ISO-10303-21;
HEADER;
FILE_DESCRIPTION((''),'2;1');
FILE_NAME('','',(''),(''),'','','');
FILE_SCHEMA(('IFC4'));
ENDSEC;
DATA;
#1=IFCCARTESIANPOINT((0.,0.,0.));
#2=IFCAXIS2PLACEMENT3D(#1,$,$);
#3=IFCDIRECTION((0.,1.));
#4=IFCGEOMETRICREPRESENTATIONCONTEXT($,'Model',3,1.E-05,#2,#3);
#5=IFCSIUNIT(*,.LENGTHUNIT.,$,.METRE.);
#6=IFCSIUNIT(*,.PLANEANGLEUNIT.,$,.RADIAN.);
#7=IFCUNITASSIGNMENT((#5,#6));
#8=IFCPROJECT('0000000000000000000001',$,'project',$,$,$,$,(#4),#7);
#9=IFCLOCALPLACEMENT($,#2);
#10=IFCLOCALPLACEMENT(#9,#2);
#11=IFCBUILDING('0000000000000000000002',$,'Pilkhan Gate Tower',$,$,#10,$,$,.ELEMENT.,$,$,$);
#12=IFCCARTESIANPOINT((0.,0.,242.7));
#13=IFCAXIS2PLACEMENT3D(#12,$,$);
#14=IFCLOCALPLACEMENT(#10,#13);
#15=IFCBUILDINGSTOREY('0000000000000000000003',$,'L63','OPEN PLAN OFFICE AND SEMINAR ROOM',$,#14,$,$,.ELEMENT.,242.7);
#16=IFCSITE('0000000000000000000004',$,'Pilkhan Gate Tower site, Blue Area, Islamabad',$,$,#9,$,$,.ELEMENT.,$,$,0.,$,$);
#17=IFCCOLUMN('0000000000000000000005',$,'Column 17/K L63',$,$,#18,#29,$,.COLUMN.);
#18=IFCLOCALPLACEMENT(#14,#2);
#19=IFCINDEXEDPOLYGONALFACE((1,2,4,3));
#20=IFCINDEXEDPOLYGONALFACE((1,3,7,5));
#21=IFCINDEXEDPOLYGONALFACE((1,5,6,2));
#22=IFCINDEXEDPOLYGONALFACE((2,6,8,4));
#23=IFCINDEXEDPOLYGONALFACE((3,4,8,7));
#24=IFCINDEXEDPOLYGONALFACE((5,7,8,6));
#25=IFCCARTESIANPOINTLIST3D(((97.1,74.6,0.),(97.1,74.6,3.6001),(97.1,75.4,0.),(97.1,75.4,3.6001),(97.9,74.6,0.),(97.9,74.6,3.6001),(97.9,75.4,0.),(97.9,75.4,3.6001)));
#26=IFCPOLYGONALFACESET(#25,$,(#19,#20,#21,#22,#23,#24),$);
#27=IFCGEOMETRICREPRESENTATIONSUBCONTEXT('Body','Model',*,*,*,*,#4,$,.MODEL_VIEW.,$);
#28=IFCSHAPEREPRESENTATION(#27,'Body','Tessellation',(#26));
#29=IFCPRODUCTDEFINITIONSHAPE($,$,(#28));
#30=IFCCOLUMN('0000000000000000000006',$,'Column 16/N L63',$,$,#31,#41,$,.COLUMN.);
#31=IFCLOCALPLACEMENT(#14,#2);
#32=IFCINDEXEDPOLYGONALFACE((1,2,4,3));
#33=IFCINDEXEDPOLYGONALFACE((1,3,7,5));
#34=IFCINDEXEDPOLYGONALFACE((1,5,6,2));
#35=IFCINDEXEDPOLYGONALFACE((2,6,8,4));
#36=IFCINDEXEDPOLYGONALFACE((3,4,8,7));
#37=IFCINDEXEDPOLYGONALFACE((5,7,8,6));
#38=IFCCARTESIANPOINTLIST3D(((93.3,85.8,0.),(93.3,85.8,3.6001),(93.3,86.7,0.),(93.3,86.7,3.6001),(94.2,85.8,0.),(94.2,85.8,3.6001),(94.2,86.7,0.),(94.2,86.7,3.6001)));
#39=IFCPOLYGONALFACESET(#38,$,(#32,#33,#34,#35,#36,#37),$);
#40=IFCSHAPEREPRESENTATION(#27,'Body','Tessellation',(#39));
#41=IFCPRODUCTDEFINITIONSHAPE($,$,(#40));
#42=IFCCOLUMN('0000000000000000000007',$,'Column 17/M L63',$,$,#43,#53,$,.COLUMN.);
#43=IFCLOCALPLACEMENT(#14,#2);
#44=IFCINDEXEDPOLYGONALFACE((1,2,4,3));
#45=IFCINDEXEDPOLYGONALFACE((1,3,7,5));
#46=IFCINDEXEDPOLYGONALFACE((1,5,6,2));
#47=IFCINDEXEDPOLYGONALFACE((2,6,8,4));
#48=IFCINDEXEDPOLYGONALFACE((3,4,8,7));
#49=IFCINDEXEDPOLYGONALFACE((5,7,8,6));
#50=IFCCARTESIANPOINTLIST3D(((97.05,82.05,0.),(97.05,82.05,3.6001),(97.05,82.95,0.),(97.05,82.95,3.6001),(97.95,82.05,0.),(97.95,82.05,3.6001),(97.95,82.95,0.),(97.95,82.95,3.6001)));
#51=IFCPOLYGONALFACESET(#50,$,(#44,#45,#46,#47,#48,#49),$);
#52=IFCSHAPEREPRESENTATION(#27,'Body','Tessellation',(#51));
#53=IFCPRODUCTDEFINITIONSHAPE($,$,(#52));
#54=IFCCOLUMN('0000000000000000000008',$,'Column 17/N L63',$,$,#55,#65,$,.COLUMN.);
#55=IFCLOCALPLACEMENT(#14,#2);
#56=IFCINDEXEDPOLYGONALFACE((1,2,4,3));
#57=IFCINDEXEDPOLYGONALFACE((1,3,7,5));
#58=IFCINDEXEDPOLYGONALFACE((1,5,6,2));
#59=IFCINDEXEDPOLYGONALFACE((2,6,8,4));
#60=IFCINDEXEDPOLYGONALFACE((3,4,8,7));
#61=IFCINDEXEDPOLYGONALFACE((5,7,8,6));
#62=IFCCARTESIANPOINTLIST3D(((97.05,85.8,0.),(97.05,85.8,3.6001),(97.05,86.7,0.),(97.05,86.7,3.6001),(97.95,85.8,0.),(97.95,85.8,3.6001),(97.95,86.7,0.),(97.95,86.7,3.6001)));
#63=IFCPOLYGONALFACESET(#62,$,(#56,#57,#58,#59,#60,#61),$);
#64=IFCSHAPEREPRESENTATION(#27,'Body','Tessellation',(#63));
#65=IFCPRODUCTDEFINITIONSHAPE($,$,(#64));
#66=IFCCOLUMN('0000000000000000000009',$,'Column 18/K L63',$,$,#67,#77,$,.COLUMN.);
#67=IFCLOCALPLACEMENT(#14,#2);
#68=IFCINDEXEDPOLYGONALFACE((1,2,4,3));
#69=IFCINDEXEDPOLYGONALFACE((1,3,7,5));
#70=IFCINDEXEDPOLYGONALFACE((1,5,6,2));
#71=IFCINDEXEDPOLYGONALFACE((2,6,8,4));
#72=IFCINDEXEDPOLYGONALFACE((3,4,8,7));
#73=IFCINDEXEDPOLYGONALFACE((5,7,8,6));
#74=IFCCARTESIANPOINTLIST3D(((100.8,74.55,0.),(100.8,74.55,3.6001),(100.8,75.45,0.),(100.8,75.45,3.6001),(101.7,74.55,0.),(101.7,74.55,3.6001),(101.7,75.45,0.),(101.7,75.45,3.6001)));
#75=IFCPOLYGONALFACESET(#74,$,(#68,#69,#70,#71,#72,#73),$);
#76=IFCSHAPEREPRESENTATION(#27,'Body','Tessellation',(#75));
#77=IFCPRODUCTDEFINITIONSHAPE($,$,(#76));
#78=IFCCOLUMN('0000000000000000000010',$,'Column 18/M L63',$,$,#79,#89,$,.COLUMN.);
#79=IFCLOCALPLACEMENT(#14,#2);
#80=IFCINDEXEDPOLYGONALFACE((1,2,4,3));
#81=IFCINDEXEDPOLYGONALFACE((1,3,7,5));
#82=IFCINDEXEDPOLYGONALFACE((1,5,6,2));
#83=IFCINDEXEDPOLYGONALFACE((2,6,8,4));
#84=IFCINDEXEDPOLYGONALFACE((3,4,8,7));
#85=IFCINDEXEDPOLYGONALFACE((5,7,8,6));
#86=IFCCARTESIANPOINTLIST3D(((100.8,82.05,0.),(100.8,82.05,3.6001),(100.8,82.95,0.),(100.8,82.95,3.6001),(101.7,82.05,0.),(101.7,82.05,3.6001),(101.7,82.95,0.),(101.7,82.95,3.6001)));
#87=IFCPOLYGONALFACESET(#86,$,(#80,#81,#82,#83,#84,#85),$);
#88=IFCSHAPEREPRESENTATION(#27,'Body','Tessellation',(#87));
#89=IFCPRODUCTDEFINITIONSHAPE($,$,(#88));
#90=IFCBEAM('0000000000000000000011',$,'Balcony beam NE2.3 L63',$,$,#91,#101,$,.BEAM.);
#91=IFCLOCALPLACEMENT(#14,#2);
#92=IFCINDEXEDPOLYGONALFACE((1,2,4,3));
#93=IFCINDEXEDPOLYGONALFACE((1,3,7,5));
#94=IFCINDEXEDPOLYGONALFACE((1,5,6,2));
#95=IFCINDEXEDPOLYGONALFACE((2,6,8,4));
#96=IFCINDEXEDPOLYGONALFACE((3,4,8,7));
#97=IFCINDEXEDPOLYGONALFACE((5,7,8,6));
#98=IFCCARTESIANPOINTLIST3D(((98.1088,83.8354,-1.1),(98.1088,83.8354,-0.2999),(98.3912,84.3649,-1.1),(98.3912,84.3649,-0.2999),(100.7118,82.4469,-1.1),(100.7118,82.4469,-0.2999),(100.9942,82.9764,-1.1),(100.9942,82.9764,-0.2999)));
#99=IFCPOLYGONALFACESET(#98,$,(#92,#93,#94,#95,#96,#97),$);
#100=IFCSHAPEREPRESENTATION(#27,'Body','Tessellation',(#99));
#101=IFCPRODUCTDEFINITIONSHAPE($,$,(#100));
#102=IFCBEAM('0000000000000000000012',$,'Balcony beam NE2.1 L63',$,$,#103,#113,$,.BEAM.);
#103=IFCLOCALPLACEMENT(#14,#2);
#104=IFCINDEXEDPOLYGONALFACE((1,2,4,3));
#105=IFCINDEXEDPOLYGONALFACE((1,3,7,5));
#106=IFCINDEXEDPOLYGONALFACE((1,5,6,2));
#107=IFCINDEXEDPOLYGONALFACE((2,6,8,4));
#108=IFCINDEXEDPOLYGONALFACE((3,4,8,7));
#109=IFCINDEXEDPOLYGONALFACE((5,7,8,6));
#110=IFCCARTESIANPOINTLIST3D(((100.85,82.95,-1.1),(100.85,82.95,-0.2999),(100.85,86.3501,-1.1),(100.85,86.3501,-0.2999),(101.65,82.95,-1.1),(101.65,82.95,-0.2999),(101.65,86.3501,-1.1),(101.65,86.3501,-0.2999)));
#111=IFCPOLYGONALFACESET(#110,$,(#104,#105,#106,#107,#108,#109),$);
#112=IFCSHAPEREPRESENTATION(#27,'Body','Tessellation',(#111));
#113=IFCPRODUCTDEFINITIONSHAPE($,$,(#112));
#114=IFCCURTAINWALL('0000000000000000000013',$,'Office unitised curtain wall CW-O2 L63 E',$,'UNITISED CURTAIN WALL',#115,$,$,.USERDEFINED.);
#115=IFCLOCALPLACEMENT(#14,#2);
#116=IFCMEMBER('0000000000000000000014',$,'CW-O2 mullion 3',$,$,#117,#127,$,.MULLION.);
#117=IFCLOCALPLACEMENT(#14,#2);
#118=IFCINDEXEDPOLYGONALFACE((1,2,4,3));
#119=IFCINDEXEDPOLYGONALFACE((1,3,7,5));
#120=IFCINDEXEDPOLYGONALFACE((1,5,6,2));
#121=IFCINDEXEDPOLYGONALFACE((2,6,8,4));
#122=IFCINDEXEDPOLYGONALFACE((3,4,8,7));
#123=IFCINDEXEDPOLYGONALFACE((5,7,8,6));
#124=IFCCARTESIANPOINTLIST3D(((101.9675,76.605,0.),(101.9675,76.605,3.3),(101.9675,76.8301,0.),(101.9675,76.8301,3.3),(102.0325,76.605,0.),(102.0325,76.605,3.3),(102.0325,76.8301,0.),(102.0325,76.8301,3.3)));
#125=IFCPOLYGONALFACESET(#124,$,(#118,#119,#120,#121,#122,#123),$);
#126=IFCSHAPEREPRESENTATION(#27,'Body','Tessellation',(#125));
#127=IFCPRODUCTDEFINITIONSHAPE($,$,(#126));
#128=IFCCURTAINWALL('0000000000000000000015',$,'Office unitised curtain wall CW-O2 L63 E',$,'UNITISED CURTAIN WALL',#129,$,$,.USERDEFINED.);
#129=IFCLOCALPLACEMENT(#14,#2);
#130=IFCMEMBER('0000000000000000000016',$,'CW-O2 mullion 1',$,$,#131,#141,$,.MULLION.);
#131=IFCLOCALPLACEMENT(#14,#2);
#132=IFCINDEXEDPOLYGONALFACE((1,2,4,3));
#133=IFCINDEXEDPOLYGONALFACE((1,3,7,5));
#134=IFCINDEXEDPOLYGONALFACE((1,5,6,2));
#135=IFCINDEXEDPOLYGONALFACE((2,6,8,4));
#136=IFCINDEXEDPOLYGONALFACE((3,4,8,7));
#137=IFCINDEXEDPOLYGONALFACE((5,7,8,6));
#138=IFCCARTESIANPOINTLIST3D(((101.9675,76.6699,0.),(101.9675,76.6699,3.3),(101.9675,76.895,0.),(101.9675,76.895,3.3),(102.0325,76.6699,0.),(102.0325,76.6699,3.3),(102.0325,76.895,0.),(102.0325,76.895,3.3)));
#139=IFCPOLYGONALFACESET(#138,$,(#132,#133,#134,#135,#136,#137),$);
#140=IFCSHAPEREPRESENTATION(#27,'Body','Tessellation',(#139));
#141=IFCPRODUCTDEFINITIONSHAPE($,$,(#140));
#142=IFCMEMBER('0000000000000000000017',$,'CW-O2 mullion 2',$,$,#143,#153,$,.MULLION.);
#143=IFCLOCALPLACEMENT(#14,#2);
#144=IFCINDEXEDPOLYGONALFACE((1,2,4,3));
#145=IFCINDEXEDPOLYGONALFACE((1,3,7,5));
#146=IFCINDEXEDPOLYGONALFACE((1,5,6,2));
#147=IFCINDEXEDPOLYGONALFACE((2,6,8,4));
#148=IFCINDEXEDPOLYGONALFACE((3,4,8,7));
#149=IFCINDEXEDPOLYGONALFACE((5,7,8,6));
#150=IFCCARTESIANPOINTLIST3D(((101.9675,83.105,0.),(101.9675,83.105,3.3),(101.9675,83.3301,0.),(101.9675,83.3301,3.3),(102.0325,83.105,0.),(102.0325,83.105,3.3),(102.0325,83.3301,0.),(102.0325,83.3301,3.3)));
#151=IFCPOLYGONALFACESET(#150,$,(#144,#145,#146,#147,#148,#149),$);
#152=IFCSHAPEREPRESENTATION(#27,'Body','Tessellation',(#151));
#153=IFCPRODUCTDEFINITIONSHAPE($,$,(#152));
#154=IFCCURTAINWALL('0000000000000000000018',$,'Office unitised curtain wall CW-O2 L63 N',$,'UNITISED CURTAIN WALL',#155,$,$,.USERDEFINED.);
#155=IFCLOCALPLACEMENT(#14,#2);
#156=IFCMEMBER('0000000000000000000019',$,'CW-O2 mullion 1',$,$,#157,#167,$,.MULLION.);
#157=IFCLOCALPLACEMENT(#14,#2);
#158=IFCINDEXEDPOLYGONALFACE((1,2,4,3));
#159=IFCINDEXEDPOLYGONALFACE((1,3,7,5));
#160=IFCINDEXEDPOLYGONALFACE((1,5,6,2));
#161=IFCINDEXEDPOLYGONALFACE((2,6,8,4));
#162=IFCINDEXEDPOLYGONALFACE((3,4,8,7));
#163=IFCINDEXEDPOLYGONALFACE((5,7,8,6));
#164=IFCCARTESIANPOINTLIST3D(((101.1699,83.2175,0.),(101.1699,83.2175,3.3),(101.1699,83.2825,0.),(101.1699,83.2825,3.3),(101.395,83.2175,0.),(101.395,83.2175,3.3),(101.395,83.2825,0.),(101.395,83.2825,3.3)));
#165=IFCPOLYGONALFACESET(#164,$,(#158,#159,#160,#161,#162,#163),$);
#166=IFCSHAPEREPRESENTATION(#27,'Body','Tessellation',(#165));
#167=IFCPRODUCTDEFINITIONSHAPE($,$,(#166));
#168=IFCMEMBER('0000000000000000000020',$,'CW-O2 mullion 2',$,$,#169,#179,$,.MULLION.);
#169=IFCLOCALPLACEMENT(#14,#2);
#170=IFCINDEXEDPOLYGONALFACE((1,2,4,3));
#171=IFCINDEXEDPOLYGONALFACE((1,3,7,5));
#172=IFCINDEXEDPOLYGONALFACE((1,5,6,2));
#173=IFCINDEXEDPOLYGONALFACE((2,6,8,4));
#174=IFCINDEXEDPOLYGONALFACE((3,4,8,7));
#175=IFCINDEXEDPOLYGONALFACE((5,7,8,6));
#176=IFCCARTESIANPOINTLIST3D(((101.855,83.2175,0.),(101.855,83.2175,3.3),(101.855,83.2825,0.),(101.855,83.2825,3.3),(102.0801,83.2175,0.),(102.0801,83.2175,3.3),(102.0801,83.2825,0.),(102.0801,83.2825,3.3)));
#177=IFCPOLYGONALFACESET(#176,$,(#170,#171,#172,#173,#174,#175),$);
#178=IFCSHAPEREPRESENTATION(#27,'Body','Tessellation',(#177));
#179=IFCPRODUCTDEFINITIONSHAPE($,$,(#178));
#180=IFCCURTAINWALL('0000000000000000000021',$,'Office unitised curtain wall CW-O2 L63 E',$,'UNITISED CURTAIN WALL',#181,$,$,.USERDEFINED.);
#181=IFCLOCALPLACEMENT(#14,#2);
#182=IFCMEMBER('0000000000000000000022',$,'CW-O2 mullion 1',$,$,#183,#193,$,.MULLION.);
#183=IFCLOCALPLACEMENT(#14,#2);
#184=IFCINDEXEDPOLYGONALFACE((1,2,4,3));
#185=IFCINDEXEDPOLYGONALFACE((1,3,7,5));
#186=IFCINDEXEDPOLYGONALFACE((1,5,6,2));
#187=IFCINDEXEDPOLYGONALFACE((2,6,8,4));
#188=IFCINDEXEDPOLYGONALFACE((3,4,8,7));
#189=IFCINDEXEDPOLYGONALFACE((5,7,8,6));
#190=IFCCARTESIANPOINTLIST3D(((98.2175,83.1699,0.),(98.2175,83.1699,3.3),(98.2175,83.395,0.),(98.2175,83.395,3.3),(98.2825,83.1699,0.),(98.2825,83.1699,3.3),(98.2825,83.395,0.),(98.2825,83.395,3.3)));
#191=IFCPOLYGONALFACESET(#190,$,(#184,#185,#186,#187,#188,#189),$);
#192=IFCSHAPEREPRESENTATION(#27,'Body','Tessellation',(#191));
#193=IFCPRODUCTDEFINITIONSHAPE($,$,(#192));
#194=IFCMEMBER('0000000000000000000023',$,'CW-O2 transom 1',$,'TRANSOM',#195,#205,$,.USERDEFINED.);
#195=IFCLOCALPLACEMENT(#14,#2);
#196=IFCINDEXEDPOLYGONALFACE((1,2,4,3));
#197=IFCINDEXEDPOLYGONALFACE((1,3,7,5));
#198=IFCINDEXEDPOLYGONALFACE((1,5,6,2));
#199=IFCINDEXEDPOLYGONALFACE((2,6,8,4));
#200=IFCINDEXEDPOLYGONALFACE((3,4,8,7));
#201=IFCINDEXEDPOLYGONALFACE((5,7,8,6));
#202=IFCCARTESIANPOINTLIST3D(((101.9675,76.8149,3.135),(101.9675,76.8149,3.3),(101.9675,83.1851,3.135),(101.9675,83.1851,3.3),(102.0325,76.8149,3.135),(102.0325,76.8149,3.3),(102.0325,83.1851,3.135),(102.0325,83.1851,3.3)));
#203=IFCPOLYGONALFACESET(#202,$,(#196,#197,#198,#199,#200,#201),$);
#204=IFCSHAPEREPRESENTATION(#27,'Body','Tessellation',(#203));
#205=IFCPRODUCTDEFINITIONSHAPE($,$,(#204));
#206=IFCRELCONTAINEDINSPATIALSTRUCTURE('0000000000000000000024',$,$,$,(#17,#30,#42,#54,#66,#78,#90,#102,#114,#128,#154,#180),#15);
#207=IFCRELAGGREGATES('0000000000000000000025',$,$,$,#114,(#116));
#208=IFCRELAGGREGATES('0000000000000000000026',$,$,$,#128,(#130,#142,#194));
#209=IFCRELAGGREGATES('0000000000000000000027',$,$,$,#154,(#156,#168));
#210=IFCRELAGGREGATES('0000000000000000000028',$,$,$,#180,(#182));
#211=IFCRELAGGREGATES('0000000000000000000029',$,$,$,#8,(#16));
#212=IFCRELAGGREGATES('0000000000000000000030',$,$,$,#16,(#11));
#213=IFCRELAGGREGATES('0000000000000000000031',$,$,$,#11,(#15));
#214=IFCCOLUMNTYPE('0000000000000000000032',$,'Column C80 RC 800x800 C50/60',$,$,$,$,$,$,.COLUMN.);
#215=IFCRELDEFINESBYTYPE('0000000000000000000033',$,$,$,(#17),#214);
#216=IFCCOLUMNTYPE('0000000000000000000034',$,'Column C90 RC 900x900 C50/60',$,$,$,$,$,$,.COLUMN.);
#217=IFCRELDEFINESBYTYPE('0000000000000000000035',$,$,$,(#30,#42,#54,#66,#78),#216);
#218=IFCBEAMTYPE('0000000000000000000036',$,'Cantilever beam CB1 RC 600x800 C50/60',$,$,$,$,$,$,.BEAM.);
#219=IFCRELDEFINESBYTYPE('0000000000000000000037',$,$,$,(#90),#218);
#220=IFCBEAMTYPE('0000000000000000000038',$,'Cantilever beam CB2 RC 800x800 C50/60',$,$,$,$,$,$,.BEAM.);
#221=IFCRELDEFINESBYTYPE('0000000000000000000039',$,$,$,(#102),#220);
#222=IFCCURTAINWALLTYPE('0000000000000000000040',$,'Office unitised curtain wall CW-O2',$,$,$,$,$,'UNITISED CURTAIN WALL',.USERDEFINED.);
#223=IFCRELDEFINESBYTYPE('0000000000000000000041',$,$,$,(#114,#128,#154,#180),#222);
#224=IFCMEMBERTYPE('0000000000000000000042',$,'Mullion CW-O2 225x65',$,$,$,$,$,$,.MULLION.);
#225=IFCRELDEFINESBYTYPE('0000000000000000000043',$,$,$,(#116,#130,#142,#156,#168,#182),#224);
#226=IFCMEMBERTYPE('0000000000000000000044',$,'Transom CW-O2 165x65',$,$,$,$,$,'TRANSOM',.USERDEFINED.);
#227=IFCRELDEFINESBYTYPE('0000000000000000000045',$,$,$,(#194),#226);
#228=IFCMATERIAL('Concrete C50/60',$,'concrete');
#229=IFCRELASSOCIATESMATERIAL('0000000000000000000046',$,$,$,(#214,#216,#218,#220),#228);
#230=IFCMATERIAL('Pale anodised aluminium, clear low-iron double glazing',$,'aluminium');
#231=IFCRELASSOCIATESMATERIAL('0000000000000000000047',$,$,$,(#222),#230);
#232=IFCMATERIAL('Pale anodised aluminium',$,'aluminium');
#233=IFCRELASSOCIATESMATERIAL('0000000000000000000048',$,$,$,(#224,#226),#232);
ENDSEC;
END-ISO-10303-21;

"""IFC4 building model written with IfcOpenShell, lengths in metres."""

from ifc_helpers import new_model, si_unit, direction, frame, origin, origin_2d, place, context, subcontext, project, spatial, rectangle, extrude, material, material_profile, profile_set, type_object, element, aggregate, save


model = new_model("IFC4")

# Units and contexts
model_context = context("Model", 3, precision=1e-05, world=origin(), true_north=direction((0.0, 1.0)))
body_context = subcontext(model_context, "Body", "Model", "MODEL_VIEW")
ifc_project = project(units=[si_unit("LENGTHUNIT", "METRE"), si_unit("PLANEANGLEUNIT", "RADIAN")], contexts=[model_context])

# Site, building, storey
site_placement = place(None, origin())
site = spatial("IfcSite", under=ifc_project, at=site_placement, Name="Pilkhan Gate Tower site, Blue Area, Islamabad", CompositionType="ELEMENT", RefElevation=0.0)
building_placement = place(site_placement, origin())
building = spatial("IfcBuilding", under=site, at=building_placement, Name="Pilkhan Gate Tower", CompositionType="ELEMENT")
storey_placement = place(building_placement, frame((0.0, 0.0, 242.7)))
storey = spatial("IfcBuildingStorey", under=building, at=storey_placement, Name="L63", Description="OPEN PLAN OFFICE AND SEMINAR ROOM", CompositionType="ELEMENT", Elevation=242.7)

# Columns
ifc_material_1 = material(Name="Concrete C50/60", Category="concrete")
ifc_material_profile_1 = material_profile(ifc_material_1, rectangle(XDim=0.8, YDim=0.8, at=origin_2d()), Name="RC 800x800")
ifc_profile_set_1 = profile_set([ifc_material_profile_1], Name="Concrete C50/60")
column_type_1 = type_object("IfcColumnType", Name="Column C80 RC 800x800 C50/60", PredefinedType="COLUMN", material=ifc_profile_set_1)
column_placement = place(storey_placement, frame((97.5, 75.0, 0.0), z_axis=(0.0, 0.0, 1.0), x_axis=(1.0, 0.0, 0.0)))
element("IfcColumn", 1, at=column_placement, inside=storey, type_object=column_type_1, Name="Column 17/K L63", PredefinedType="COLUMN", context=body_context, shape_type="SweptSolid", body=[
    extrude(rectangle(XDim=0.8, YDim=0.8, at=origin_2d()), origin(), (0.0, 0.0, 1.0), 3.6001),
])
ifc_material_profile_2 = material_profile(ifc_material_1, rectangle(XDim=0.8999, YDim=0.8999, at=origin_2d()), Name="RC 900x900")
ifc_profile_set_2 = profile_set([ifc_material_profile_2], Name="Concrete C50/60")
column_type_2 = type_object("IfcColumnType", Name="Column C90 RC 900x900 C50/60", PredefinedType="COLUMN", material=ifc_profile_set_2)
for number, where, z_axis, x_axis, name in (
    (2, (93.75, 86.25, 0.0), (0.0, 0.0, 1.0), (1.0, 0.0, 0.0), "Column 16/N L63"),
    (3, (97.5, 82.5, 0.0), (0.0, 0.0, 1.0), (1.0, 0.0, 0.0), "Column 17/M L63"),
    (4, (97.5, 86.25, 0.0), (0.0, 0.0, 1.0), (1.0, 0.0, 0.0), "Column 17/N L63"),
    (5, (101.25, 75.0, 0.0), (0.0, 0.0, 1.0), (1.0, 0.0, 0.0), "Column 18/K L63"),
    (6, (101.25, 82.5, 0.0), (0.0, 0.0, 1.0), (1.0, 0.0, 0.0), "Column 18/M L63"),
):
    element("IfcColumn", number, at=place(storey_placement, frame(where, z_axis=z_axis, x_axis=x_axis)), inside=storey, type_object=column_type_2, Name=name, PredefinedType="COLUMN", context=body_context, shape_type="SweptSolid", body=[
        extrude(rectangle(XDim=0.8999, YDim=0.8999, at=origin_2d()), origin(), (0.0, 0.0, 1.0), 3.6001),
    ])

# Beams
ifc_material_profile_3 = material_profile(ifc_material_1, rectangle(XDim=0.6001, YDim=0.8, at=origin_2d()), Name="RC 600x800")
ifc_profile_set_3 = profile_set([ifc_material_profile_3], Name="Concrete C50/60")
beam_type_1 = type_object("IfcBeamType", Name="Cantilever beam CB1 RC 600x800 C50/60", PredefinedType="BEAM", material=ifc_profile_set_3)
beam_1_placement = place(storey_placement, frame((100.853, 82.7117, -0.7), z_axis=(-0.882332, 0.470627, 0.0), x_axis=(-0.470627, -0.882332, 0.0)))
element("IfcBeam", 7, at=beam_1_placement, inside=storey, type_object=beam_type_1, Name="Balcony beam NE2.3 L63", PredefinedType="BEAM", context=body_context, shape_type="SweptSolid", body=[
    extrude(rectangle(XDim=0.6001, YDim=0.8, at=origin_2d()), origin(), (0.0, 0.0, 1.0), 2.9502),
])
ifc_material_profile_4 = material_profile(ifc_material_1, rectangle(XDim=0.8, YDim=0.8, at=origin_2d()), Name="RC 800x800")
ifc_profile_set_4 = profile_set([ifc_material_profile_4], Name="Concrete C50/60")
beam_type_2 = type_object("IfcBeamType", Name="Cantilever beam CB2 RC 800x800 C50/60", PredefinedType="BEAM", material=ifc_profile_set_4)
beam_2_placement = place(storey_placement, frame((101.25, 82.95, -0.7), z_axis=(0.0, 1.0, 0.0), x_axis=(-1.0, 0.0, 0.0)))
element("IfcBeam", 8, at=beam_2_placement, inside=storey, type_object=beam_type_2, Name="Balcony beam NE2.1 L63", PredefinedType="BEAM", context=body_context, shape_type="SweptSolid", body=[
    extrude(rectangle(XDim=0.8, YDim=0.8, at=origin_2d()), origin(), (0.0, 0.0, 1.0), 3.4001),
])

# Curtain wall, member
ifc_material_2 = material(Name="Pale anodised aluminium, clear low-iron double glazing", Category="aluminium")
curtain_wall_type = type_object("IfcCurtainWallType", Name="Office unitised curtain wall CW-O2", ElementType="UNITISED CURTAIN WALL", PredefinedType="USERDEFINED", material=ifc_material_2)
curtain_wall_1_placement = place(storey_placement, origin())
curtain_wall_1 = element("IfcCurtainWall", 9, at=curtain_wall_1_placement, inside=storey, type_object=curtain_wall_type, Name="Office unitised curtain wall CW-O2 L63 E", ObjectType="UNITISED CURTAIN WALL", PredefinedType="USERDEFINED")
ifc_material_3 = material(Name="Pale anodised aluminium", Category="aluminium")
ifc_material_profile_5 = material_profile(ifc_material_3, rectangle(XDim=0.0649, YDim=0.2251, at=origin_2d()), Name="Mullion 225x65")
ifc_profile_set_5 = profile_set([ifc_material_profile_5], Name="Pale anodised aluminium")
member_type_1 = type_object("IfcMemberType", Name="Mullion CW-O2 225x65", PredefinedType="MULLION", material=ifc_profile_set_5)
member_1_placement = place(storey_placement, frame((102.0, 76.7175, 0.0), z_axis=(0.0, 0.0, 1.0), x_axis=(-1.0, 0.0, 0.0)))
member_1 = element("IfcMember", 10, at=member_1_placement, type_object=member_type_1, Name="CW-O2 mullion 3", PredefinedType="MULLION", context=body_context, shape_type="SweptSolid", body=[
    extrude(rectangle(XDim=0.0649, YDim=0.2251, at=origin_2d()), origin(), (0.0, 0.0, 1.0), 3.3),
])
aggregate(curtain_wall_1, [member_1])

# Curtain walls, members
curtain_wall_2_placement = place(storey_placement, origin())
curtain_wall_2 = element("IfcCurtainWall", 11, at=curtain_wall_2_placement, inside=storey, type_object=curtain_wall_type, Name="Office unitised curtain wall CW-O2 L63 E", ObjectType="UNITISED CURTAIN WALL", PredefinedType="USERDEFINED")
member_2_placement = place(storey_placement, frame((102.0, 76.7825, 0.0), z_axis=(0.0, 0.0, 1.0), x_axis=(-1.0, 0.0, 0.0)))
member_2 = element("IfcMember", 12, at=member_2_placement, type_object=member_type_1, Name="CW-O2 mullion 1", PredefinedType="MULLION", context=body_context, shape_type="SweptSolid", body=[
    extrude(rectangle(XDim=0.0649, YDim=0.2251, at=origin_2d()), origin(), (0.0, 0.0, 1.0), 3.3),
])
member_3_placement = place(storey_placement, frame((102.0, 83.2175, 0.0), z_axis=(0.0, 0.0, 1.0), x_axis=(-1.0, 0.0, 0.0)))
member_3 = element("IfcMember", 13, at=member_3_placement, type_object=member_type_1, Name="CW-O2 mullion 2", PredefinedType="MULLION", context=body_context, shape_type="SweptSolid", body=[
    extrude(rectangle(XDim=0.0649, YDim=0.2251, at=origin_2d()), origin(), (0.0, 0.0, 1.0), 3.3),
])
curtain_wall_3_placement = place(storey_placement, origin())
curtain_wall_3 = element("IfcCurtainWall", 14, at=curtain_wall_3_placement, inside=storey, type_object=curtain_wall_type, Name="Office unitised curtain wall CW-O2 L63 N", ObjectType="UNITISED CURTAIN WALL", PredefinedType="USERDEFINED")
member_4_placement = place(storey_placement, frame((101.2825, 83.25, 0.0), z_axis=(0.0, 0.0, 1.0), x_axis=(0.0, 1.0, 0.0)))
member_4 = element("IfcMember", 15, at=member_4_placement, type_object=member_type_1, Name="CW-O2 mullion 1", PredefinedType="MULLION", context=body_context, shape_type="SweptSolid", body=[
    extrude(rectangle(XDim=0.0649, YDim=0.2251, at=origin_2d()), origin(), (0.0, 0.0, 1.0), 3.3),
])
member_5_placement = place(storey_placement, frame((101.9675, 83.25, 0.0), z_axis=(0.0, 0.0, 1.0), x_axis=(0.0, 1.0, 0.0)))
member_5 = element("IfcMember", 16, at=member_5_placement, type_object=member_type_1, Name="CW-O2 mullion 2", PredefinedType="MULLION", context=body_context, shape_type="SweptSolid", body=[
    extrude(rectangle(XDim=0.0649, YDim=0.2251, at=origin_2d()), origin(), (0.0, 0.0, 1.0), 3.3),
])

# Curtain wall, member
curtain_wall_4_placement = place(storey_placement, origin())
curtain_wall_4 = element("IfcCurtainWall", 17, at=curtain_wall_4_placement, inside=storey, type_object=curtain_wall_type, Name="Office unitised curtain wall CW-O2 L63 E", ObjectType="UNITISED CURTAIN WALL", PredefinedType="USERDEFINED")
member_6_placement = place(storey_placement, frame((98.25, 83.2825, 0.0), z_axis=(0.0, 0.0, 1.0), x_axis=(-1.0, 0.0, 0.0)))
member_6 = element("IfcMember", 18, at=member_6_placement, type_object=member_type_1, Name="CW-O2 mullion 1", PredefinedType="MULLION", context=body_context, shape_type="SweptSolid", body=[
    extrude(rectangle(XDim=0.0649, YDim=0.2251, at=origin_2d()), origin(), (0.0, 0.0, 1.0), 3.3),
])

# Member
ifc_material_profile_6 = material_profile(ifc_material_3, rectangle(XDim=0.0649, YDim=0.165, at=origin_2d()), Name="Transom 165x65")
ifc_profile_set_6 = profile_set([ifc_material_profile_6], Name="Pale anodised aluminium")
member_type_2 = type_object("IfcMemberType", Name="Transom CW-O2 165x65", ElementType="TRANSOM", PredefinedType="USERDEFINED", material=ifc_profile_set_6)
member_7_placement = place(storey_placement, frame((102.0, 76.8149, 3.2175), z_axis=(0.0, 1.0, 0.0), x_axis=(-1.0, 0.0, 0.0)))
member_7 = element("IfcMember", 19, at=member_7_placement, type_object=member_type_2, Name="CW-O2 transom 1", ObjectType="TRANSOM", PredefinedType="USERDEFINED", context=body_context, shape_type="SweptSolid", body=[
    extrude(rectangle(XDim=0.0649, YDim=0.165, at=origin_2d()), origin(), (0.0, 0.0, 1.0), 6.3701),
])

aggregate(curtain_wall_2, [member_2, member_3, member_7])
aggregate(curtain_wall_3, [member_4, member_5])
aggregate(curtain_wall_4, [member_6])

save(model, "model.ifc")
